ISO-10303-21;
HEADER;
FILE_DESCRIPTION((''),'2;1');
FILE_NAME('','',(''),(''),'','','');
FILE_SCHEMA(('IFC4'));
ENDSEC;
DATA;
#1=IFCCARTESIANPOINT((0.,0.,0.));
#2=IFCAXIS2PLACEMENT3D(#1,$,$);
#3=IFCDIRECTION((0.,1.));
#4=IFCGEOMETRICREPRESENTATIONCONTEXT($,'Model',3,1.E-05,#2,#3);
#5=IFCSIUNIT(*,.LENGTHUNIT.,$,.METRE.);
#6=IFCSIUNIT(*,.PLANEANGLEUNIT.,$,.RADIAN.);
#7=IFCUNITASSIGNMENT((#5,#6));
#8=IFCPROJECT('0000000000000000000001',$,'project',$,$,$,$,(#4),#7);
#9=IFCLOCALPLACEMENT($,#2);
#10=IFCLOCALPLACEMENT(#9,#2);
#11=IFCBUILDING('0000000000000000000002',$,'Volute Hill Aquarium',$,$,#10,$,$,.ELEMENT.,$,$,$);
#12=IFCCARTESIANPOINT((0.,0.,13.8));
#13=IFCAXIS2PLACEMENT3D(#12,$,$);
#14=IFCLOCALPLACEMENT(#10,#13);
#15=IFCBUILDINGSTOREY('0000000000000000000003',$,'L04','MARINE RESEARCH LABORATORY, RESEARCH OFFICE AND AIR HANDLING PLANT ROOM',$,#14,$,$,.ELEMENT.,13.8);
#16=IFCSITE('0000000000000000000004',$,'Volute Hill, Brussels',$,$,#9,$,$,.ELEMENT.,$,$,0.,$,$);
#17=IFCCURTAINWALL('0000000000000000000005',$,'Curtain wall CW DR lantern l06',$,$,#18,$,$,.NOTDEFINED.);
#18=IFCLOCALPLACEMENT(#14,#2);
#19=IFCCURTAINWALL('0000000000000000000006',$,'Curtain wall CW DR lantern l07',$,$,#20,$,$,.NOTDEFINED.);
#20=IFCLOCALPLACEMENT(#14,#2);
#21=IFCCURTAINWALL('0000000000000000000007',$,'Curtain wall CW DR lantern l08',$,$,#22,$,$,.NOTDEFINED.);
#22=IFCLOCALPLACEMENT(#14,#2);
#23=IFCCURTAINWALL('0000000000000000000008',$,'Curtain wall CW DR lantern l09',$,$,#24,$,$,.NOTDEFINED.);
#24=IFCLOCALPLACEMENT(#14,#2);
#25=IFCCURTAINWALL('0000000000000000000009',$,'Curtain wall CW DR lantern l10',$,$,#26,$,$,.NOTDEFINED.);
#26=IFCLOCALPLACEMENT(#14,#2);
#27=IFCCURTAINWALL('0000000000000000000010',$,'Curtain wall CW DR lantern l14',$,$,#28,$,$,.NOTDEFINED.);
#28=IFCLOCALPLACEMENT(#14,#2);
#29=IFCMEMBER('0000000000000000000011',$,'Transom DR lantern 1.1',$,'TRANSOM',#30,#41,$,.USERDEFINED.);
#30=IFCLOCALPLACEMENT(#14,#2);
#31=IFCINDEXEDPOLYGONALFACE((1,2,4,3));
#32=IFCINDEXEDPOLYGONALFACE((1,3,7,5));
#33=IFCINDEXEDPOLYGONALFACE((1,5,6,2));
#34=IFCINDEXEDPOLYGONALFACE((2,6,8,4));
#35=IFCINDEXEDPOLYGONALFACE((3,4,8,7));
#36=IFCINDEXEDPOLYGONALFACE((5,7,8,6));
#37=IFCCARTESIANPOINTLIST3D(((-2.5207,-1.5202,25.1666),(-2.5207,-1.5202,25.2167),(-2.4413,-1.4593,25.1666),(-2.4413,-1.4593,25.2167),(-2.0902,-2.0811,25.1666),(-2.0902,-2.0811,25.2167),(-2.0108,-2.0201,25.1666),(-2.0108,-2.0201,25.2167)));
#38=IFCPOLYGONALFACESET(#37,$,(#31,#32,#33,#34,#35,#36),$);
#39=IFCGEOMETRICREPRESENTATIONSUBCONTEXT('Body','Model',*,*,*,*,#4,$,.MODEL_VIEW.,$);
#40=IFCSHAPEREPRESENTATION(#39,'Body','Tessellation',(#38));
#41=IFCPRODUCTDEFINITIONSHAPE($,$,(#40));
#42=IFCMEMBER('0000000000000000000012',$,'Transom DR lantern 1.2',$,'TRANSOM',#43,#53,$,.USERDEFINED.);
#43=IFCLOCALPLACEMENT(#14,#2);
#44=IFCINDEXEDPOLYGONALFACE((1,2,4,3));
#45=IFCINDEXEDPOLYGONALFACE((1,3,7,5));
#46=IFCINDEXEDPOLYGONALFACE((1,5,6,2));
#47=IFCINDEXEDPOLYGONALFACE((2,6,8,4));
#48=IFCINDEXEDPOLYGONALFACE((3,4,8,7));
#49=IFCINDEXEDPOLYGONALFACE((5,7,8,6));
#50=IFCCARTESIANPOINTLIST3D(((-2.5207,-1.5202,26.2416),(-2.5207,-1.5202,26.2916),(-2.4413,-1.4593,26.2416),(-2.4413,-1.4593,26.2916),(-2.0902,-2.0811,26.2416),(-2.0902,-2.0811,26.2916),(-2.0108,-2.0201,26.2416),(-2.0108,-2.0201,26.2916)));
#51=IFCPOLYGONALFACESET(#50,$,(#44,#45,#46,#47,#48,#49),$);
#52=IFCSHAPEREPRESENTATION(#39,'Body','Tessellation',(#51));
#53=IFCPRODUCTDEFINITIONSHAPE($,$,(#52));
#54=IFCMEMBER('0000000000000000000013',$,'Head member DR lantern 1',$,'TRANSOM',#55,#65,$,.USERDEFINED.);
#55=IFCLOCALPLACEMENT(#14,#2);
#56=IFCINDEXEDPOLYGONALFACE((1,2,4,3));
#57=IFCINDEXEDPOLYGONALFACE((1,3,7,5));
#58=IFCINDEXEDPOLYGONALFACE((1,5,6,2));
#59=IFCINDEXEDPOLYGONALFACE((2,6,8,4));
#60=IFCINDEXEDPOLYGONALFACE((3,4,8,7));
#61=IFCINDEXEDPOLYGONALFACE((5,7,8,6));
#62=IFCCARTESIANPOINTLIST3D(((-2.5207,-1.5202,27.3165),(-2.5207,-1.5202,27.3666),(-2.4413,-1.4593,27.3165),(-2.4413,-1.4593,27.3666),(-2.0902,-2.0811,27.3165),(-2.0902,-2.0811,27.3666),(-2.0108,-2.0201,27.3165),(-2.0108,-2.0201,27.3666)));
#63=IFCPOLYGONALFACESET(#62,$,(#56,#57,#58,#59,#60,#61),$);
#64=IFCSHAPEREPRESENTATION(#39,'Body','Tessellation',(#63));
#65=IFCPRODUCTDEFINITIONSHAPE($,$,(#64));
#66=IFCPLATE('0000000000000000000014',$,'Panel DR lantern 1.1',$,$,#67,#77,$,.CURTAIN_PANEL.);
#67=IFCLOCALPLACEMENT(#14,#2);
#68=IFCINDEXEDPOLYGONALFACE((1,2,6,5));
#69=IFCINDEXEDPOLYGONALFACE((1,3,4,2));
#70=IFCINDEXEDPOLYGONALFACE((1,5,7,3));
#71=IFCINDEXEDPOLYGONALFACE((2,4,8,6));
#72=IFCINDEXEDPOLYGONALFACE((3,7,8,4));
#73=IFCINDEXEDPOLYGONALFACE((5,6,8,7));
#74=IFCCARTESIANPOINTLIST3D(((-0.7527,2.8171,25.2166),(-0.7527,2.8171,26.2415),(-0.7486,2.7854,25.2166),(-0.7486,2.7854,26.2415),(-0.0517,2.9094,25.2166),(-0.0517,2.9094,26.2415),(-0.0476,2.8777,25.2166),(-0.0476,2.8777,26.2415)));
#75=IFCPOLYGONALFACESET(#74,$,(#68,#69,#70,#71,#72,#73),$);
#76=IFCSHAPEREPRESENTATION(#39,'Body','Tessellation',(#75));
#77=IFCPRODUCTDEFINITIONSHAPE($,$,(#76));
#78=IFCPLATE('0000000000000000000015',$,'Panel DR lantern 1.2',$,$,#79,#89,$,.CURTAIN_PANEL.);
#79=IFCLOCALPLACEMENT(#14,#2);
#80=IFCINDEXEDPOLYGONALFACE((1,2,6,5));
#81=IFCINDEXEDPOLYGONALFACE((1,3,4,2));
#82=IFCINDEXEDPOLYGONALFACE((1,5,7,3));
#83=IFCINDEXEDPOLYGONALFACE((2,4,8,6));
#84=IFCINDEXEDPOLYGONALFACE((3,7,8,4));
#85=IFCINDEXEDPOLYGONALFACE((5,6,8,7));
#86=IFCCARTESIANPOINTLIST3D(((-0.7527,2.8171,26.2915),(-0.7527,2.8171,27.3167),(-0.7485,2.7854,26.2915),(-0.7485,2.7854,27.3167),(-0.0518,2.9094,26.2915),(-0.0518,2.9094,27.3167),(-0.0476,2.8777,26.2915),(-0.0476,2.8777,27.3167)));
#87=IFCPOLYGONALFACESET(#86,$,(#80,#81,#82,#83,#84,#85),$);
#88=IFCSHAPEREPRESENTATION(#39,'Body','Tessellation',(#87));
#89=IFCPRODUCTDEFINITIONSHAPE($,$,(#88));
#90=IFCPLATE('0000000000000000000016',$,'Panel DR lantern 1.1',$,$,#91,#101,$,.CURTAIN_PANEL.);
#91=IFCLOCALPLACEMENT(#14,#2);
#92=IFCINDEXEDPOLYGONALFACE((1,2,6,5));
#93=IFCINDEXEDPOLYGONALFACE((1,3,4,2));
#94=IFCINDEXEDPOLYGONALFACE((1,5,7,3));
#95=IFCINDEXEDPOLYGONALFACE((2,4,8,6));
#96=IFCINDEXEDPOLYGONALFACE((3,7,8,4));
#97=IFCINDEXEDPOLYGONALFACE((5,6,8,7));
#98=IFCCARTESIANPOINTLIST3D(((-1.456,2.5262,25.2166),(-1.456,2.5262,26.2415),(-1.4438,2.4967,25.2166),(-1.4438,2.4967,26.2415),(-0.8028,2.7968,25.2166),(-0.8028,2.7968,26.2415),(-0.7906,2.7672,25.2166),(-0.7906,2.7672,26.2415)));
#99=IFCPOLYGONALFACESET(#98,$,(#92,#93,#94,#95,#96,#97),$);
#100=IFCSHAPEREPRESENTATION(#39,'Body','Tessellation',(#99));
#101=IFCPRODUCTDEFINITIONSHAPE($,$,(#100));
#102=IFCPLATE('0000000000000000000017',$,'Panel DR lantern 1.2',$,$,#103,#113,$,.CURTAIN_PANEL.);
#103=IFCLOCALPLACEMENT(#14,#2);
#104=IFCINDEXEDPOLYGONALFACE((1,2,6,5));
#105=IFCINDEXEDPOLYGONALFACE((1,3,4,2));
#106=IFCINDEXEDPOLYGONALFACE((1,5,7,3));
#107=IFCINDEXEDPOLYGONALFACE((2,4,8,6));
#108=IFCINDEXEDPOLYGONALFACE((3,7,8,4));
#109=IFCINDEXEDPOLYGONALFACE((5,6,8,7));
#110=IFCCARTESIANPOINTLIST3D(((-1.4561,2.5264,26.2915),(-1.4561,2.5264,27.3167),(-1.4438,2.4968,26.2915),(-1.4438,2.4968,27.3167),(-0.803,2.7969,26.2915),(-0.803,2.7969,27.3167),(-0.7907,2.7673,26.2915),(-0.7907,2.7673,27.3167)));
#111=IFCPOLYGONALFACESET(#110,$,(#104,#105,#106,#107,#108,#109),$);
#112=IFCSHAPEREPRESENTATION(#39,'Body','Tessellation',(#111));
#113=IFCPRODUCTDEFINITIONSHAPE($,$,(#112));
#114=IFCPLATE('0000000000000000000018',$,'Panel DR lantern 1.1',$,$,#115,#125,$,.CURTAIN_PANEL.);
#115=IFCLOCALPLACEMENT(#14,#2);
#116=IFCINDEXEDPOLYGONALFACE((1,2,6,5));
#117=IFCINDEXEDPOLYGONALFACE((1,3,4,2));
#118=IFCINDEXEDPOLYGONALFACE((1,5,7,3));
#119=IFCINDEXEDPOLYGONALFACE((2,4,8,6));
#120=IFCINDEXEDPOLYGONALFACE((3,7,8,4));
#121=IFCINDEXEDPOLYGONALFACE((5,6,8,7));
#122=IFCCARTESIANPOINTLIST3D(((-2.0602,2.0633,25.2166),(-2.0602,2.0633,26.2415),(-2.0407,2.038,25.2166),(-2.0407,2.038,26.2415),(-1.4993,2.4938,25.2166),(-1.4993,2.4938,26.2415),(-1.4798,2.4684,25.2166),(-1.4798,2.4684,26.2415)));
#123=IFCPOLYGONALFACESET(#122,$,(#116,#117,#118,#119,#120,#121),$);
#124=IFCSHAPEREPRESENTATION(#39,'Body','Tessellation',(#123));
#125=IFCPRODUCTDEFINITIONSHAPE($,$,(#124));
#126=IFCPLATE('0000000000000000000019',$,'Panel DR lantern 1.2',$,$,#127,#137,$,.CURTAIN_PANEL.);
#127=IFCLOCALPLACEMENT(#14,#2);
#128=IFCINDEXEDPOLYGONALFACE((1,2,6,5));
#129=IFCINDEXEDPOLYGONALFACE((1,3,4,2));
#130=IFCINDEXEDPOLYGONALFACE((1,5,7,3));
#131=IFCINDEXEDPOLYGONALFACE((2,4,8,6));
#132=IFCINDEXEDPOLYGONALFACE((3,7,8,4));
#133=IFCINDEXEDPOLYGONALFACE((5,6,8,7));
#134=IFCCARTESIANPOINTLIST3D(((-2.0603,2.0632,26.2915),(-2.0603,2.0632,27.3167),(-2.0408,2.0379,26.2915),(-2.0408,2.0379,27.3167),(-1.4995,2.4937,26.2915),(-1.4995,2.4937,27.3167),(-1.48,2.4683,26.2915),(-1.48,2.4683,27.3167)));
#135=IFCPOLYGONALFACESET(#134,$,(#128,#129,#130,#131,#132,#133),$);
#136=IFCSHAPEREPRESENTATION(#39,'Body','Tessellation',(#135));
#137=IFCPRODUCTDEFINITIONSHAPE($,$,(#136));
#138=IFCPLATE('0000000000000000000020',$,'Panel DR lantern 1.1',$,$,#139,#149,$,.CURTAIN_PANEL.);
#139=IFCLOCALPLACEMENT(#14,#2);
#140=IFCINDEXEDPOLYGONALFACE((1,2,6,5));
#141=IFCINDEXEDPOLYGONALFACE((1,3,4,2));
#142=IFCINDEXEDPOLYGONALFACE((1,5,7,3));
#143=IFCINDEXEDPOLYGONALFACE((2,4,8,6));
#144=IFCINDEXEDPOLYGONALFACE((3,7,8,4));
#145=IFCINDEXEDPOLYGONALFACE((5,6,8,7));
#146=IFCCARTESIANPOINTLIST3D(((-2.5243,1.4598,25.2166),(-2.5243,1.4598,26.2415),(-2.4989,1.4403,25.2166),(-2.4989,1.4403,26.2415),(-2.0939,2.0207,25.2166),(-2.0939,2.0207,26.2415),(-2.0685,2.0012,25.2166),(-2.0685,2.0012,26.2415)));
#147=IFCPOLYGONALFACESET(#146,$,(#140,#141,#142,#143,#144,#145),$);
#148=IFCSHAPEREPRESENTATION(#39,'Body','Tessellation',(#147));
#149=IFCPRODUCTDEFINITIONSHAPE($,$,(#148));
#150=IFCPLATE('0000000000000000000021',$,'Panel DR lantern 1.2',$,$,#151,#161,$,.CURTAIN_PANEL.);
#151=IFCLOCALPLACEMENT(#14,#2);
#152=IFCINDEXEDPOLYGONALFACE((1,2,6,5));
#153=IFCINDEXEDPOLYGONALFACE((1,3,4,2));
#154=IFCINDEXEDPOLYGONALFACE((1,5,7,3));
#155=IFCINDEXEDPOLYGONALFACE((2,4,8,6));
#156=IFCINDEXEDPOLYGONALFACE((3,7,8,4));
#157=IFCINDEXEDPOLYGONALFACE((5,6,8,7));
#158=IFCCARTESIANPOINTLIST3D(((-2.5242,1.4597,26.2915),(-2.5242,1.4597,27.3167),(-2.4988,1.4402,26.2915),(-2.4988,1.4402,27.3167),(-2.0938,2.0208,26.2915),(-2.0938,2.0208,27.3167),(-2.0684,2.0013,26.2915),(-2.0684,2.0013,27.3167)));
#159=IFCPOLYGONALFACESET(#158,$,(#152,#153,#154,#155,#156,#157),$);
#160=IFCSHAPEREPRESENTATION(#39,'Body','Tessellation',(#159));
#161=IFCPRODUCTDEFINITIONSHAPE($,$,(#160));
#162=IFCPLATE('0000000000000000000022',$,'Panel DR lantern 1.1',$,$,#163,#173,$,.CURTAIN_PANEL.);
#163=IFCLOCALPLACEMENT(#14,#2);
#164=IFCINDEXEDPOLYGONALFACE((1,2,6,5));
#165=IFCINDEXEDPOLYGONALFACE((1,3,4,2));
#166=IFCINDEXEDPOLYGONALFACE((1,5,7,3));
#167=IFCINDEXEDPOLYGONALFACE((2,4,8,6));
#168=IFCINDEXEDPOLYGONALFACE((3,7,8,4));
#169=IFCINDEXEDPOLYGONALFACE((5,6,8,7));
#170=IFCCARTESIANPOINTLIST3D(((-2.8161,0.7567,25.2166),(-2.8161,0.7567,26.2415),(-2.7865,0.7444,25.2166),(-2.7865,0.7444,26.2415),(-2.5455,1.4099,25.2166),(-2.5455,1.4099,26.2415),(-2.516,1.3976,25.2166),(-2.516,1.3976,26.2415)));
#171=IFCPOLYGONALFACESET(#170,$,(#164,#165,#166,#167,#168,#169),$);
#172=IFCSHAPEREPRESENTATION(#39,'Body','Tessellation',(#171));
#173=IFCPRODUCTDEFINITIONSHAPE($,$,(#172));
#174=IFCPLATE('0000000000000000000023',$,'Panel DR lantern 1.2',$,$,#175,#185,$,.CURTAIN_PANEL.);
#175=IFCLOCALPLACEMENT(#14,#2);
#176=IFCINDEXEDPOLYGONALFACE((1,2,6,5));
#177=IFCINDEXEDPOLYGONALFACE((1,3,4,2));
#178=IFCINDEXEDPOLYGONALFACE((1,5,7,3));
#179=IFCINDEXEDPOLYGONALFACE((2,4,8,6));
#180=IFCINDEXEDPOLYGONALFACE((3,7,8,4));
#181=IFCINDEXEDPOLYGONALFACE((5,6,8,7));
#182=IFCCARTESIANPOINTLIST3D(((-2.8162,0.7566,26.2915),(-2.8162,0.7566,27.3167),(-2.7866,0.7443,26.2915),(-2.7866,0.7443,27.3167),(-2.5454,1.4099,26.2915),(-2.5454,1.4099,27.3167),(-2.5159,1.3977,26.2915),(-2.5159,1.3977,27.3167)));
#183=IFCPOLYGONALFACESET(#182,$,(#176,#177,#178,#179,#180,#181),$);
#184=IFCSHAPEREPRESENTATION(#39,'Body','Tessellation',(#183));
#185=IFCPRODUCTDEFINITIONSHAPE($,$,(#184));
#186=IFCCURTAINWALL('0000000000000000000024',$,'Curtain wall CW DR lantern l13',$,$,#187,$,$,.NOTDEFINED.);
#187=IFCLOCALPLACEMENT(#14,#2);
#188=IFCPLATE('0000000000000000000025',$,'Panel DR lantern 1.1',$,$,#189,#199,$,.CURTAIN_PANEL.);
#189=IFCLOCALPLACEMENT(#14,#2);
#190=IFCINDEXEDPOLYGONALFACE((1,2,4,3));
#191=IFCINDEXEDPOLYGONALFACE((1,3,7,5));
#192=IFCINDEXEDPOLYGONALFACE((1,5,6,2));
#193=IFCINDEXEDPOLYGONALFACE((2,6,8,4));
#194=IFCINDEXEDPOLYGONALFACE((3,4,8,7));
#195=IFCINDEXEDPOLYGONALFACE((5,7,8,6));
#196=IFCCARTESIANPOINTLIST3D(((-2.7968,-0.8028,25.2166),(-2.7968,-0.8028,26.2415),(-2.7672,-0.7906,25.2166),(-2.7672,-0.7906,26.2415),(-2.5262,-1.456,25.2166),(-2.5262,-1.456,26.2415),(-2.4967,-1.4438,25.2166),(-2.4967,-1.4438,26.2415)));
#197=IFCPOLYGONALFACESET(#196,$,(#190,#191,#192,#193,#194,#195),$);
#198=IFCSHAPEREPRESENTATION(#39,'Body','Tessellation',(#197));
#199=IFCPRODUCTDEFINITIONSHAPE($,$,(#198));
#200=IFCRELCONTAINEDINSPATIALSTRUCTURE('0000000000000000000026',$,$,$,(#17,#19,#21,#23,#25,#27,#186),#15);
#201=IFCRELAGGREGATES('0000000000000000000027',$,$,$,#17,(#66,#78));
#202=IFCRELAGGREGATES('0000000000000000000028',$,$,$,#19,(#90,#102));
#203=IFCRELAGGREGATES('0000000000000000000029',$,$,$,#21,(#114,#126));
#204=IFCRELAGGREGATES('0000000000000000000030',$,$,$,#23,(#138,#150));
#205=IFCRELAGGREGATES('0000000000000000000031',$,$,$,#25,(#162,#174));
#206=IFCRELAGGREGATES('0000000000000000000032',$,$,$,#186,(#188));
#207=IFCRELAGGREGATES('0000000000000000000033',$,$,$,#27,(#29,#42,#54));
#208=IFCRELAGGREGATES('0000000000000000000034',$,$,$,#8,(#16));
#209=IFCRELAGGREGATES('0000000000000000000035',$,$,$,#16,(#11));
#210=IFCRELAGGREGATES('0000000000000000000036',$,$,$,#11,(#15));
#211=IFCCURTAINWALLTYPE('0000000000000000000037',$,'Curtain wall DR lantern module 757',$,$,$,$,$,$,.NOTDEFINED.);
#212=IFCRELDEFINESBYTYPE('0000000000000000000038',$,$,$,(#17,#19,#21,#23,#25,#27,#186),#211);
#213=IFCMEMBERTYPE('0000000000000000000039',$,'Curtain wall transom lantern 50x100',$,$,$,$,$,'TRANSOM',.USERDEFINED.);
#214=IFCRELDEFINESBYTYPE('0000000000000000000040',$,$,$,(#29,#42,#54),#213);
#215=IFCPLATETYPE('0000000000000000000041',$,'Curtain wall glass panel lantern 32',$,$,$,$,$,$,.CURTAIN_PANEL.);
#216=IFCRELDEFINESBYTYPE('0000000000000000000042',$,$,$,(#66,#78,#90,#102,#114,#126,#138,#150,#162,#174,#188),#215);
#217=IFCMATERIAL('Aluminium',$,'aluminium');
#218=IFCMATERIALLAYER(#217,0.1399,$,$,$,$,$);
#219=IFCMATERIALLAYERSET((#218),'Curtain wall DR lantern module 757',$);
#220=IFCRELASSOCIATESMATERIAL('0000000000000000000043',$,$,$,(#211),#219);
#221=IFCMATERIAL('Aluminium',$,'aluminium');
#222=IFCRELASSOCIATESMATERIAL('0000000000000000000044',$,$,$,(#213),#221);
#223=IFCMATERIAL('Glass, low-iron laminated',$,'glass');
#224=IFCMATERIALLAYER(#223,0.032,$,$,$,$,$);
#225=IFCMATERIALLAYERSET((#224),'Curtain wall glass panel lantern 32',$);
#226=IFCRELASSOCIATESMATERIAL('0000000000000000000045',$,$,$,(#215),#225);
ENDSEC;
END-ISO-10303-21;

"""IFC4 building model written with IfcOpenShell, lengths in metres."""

from ifc_helpers import new_model, si_unit, direction, frame, origin, origin_2d, place, context, subcontext, project, spatial, polyline, rectangle, outline, extrude, material, layer, layer_set, material_profile, profile_set, type_object, element, aggregate, save


model = new_model("IFC4")

# Units and contexts
model_context = context("Model", 3, precision=1e-05, world=origin(), true_north=direction((0.0, 1.0)))
body_context = subcontext(model_context, "Body", "Model", "MODEL_VIEW")
ifc_project = project(units=[si_unit("LENGTHUNIT", "METRE"), si_unit("PLANEANGLEUNIT", "RADIAN")], contexts=[model_context])

# Site, building, storey
site_placement = place(None, origin())
site = spatial("IfcSite", under=ifc_project, at=site_placement, Name="Volute Hill, Brussels", CompositionType="ELEMENT", RefElevation=0.0)
building_placement = place(site_placement, origin())
building = spatial("IfcBuilding", under=site, at=building_placement, Name="Volute Hill Aquarium", CompositionType="ELEMENT")
storey_placement = place(building_placement, frame((0.0, 0.0, 13.8)))
storey = spatial("IfcBuildingStorey", under=building, at=storey_placement, Name="L04", Description="MARINE RESEARCH LABORATORY, RESEARCH OFFICE AND AIR HANDLING PLANT ROOM", CompositionType="ELEMENT", Elevation=13.8)

# Curtain walls, members
ifc_material_1 = material(Name="Aluminium", Category="aluminium")
ifc_layer_1 = layer(ifc_material_1, 0.1399)
ifc_layer_set_1 = layer_set([ifc_layer_1], Name="Curtain wall DR lantern module 757")
curtain_wall_type = type_object("IfcCurtainWallType", Name="Curtain wall DR lantern module 757", PredefinedType="NOTDEFINED", material=ifc_layer_set_1)
curtain_wall_1_placement = place(storey_placement, origin())
curtain_wall_1 = element("IfcCurtainWall", 1, at=curtain_wall_1_placement, inside=storey, type_object=curtain_wall_type, Name="Curtain wall CW DR lantern l06", PredefinedType="NOTDEFINED")
ifc_material_2 = material(Name="Aluminium", Category="aluminium")
ifc_material_profile = material_profile(ifc_material_2, rectangle(XDim=0.1001, YDim=0.05, at=origin_2d()), Name="Curtain wall transom lantern 50x100")
ifc_profile_set = profile_set([ifc_material_profile], Name="Aluminium")
member_type = type_object("IfcMemberType", Name="Curtain wall transom lantern 50x100", ElementType="TRANSOM", PredefinedType="USERDEFINED", material=ifc_profile_set)
curtain_wall_2_placement = place(storey_placement, origin())
curtain_wall_2 = element("IfcCurtainWall", 2, at=curtain_wall_2_placement, inside=storey, type_object=curtain_wall_type, Name="Curtain wall CW DR lantern l07", PredefinedType="NOTDEFINED")
curtain_wall_3_placement = place(storey_placement, origin())
curtain_wall_3 = element("IfcCurtainWall", 3, at=curtain_wall_3_placement, inside=storey, type_object=curtain_wall_type, Name="Curtain wall CW DR lantern l08", PredefinedType="NOTDEFINED")
curtain_wall_4_placement = place(storey_placement, origin())
curtain_wall_4 = element("IfcCurtainWall", 4, at=curtain_wall_4_placement, inside=storey, type_object=curtain_wall_type, Name="Curtain wall CW DR lantern l09", PredefinedType="NOTDEFINED")
curtain_wall_5_placement = place(storey_placement, origin())
curtain_wall_5 = element("IfcCurtainWall", 5, at=curtain_wall_5_placement, inside=storey, type_object=curtain_wall_type, Name="Curtain wall CW DR lantern l10", PredefinedType="NOTDEFINED")
curtain_wall_6_placement = place(storey_placement, origin())
curtain_wall_6 = element("IfcCurtainWall", 6, at=curtain_wall_6_placement, inside=storey, type_object=curtain_wall_type, Name="Curtain wall CW DR lantern l14", PredefinedType="NOTDEFINED")
member_1_placement = place(storey_placement, frame((-2.481, -1.4897, 25.1917), z_axis=(0.608859, -0.793278, 0.0), x_axis=(0.793278, 0.608859, 0.0)))
member_1 = element("IfcMember", 7, at=member_1_placement, type_object=member_type, Name="Transom DR lantern 1.1", ObjectType="TRANSOM", PredefinedType="USERDEFINED", context=body_context, shape_type="SweptSolid", body=[
    extrude(rectangle(XDim=0.1001, YDim=0.05, at=origin_2d()), origin(), (0.0, 0.0, 1.0), 0.707),
])
member_2_placement = place(storey_placement, frame((-2.481, -1.4897, 26.2666), z_axis=(0.608859, -0.793278, 0.0), x_axis=(0.793278, 0.608859, 0.0)))
member_2 = element("IfcMember", 8, at=member_2_placement, type_object=member_type, Name="Transom DR lantern 1.2", ObjectType="TRANSOM", PredefinedType="USERDEFINED", context=body_context, shape_type="SweptSolid", body=[
    extrude(rectangle(XDim=0.1001, YDim=0.05, at=origin_2d()), origin(), (0.0, 0.0, 1.0), 0.707),
])
member_3_placement = place(storey_placement, frame((-2.481, -1.4897, 27.3416), z_axis=(0.608859, -0.793278, 0.0), x_axis=(0.793278, 0.608859, 0.0)))
member_3 = element("IfcMember", 9, at=member_3_placement, type_object=member_type, Name="Head member DR lantern 1", ObjectType="TRANSOM", PredefinedType="USERDEFINED", context=body_context, shape_type="SweptSolid", body=[
    extrude(rectangle(XDim=0.1001, YDim=0.05, at=origin_2d()), origin(), (0.0, 0.0, 1.0), 0.707),
])

# Plates
ifc_material_3 = material(Name="Glass, low-iron laminated", Category="glass")
ifc_layer_2 = layer(ifc_material_3, 0.032)
ifc_layer_set_2 = layer_set([ifc_layer_2], Name="Curtain wall glass panel lantern 32")
plate_type = type_object("IfcPlateType", Name="Curtain wall glass panel lantern 32", PredefinedType="CURTAIN_PANEL", material=ifc_layer_set_2)
plate_1_placement = place(storey_placement, frame((-0.4001, 2.8474, 25.2166), z_axis=(0.0, 0.0, 1.0), x_axis=(-0.991448, -0.130502, 0.0)))
plate_1 = element("IfcPlate", 10, at=plate_1_placement, type_object=plate_type, Name="Panel DR lantern 1.1", PredefinedType="CURTAIN_PANEL", context=body_context, shape_type="SweptSolid", body=[
    extrude(rectangle(XDim=0.707, YDim=0.032, at=origin_2d()), origin(), (0.0, 0.0, 1.0), 1.0249),
])
plate_2_placement = place(storey_placement, frame((-0.0518, 2.9094, 26.2915), z_axis=(-0.130535, 0.991444, 0.0), x_axis=(-0.991444, -0.130535, 0.0)))
plate_2 = element("IfcPlate", 11, at=plate_2_placement, type_object=plate_type, Name="Panel DR lantern 1.2", PredefinedType="CURTAIN_PANEL", context=body_context, shape_type="SweptSolid", body=[
    extrude(outline(polyline([(0.0, 0.0), (0.707, 0.0), (0.707, 1.0251), (0.0, 1.0251), (0.0, 0.0)])), origin(), (0.0, 0.0, -1.0), 0.032),
])
aggregate(curtain_wall_1, [plate_1, plate_2])
plate_3_placement = place(storey_placement, frame((-1.1233, 2.6467, 25.2166), z_axis=(0.0, 0.0, 1.0), x_axis=(-0.92388, -0.382682, 0.0)))
plate_3 = element("IfcPlate", 12, at=plate_3_placement, type_object=plate_type, Name="Panel DR lantern 1.1", PredefinedType="CURTAIN_PANEL", context=body_context, shape_type="SweptSolid", body=[
    extrude(rectangle(XDim=0.707, YDim=0.032, at=origin_2d()), origin(), (0.0, 0.0, 1.0), 1.0249),
])
plate_4_placement = place(storey_placement, frame((-0.803, 2.7969, 26.2915), z_axis=(-0.382677, 0.923882, 0.0), x_axis=(-0.923882, -0.382677, 0.0)))
plate_4 = element("IfcPlate", 13, at=plate_4_placement, type_object=plate_type, Name="Panel DR lantern 1.2", PredefinedType="CURTAIN_PANEL", context=body_context, shape_type="SweptSolid", body=[
    extrude(outline(polyline([(0.0, 0.0), (0.7069, 0.0), (0.7069, 1.0251), (0.0, 1.0251), (0.0, 0.0)])), origin(), (0.0, 0.0, -1.0), 0.032),
])
aggregate(curtain_wall_2, [plate_3, plate_4])
plate_5_placement = place(storey_placement, frame((-1.77, 2.2659, 25.2166), z_axis=(0.0, 0.0, 1.0), x_axis=(-0.793326, -0.608798, 0.0)))
plate_5 = element("IfcPlate", 14, at=plate_5_placement, type_object=plate_type, Name="Panel DR lantern 1.1", PredefinedType="CURTAIN_PANEL", context=body_context, shape_type="SweptSolid", body=[
    extrude(rectangle(XDim=0.707, YDim=0.032, at=origin_2d()), origin(), (0.0, 0.0, 1.0), 1.0249),
])
plate_6_placement = place(storey_placement, frame((-1.4995, 2.4937, 26.2915), z_axis=(-0.608859, 0.793278, 0.0), x_axis=(-0.793278, -0.608859, 0.0)))
plate_6 = element("IfcPlate", 15, at=plate_6_placement, type_object=plate_type, Name="Panel DR lantern 1.2", PredefinedType="CURTAIN_PANEL", context=body_context, shape_type="SweptSolid", body=[
    extrude(outline(polyline([(0.0, 0.0), (0.7069, 0.0), (0.7069, 1.0251), (0.0, 1.0251), (0.0, 0.0)])), origin(), (0.0, 0.0, -1.0), 0.032),
])
aggregate(curtain_wall_3, [plate_5, plate_6])
plate_7_placement = place(storey_placement, frame((-2.2964, 1.7305, 25.2166), z_axis=(0.0, 0.0, 1.0), x_axis=(-0.608798, -0.793326, 0.0)))
plate_7 = element("IfcPlate", 16, at=plate_7_placement, type_object=plate_type, Name="Panel DR lantern 1.1", PredefinedType="CURTAIN_PANEL", context=body_context, shape_type="SweptSolid", body=[
    extrude(rectangle(XDim=0.707, YDim=0.032, at=origin_2d()), origin(), (0.0, 0.0, 1.0), 1.0249),
])
plate_8_placement = place(storey_placement, frame((-2.0938, 2.0208, 26.2915), z_axis=(-0.793406, 0.608692, 0.0), x_axis=(-0.608692, -0.793406, 0.0)))
plate_8 = element("IfcPlate", 17, at=plate_8_placement, type_object=plate_type, Name="Panel DR lantern 1.2", PredefinedType="CURTAIN_PANEL", context=body_context, shape_type="SweptSolid", body=[
    extrude(outline(polyline([(0.0, 0.0), (0.7071, 0.0), (0.7071, 1.0251), (0.0, 1.0251), (0.0, 0.0)])), origin(), (0.0, 0.0, -1.0), 0.032),
])
aggregate(curtain_wall_4, [plate_7, plate_8])
plate_9_placement = place(storey_placement, frame((-2.666, 1.0771, 25.2166), z_axis=(0.0, 0.0, 1.0), x_axis=(-0.382682, -0.92388, 0.0)))
plate_9 = element("IfcPlate", 18, at=plate_9_placement, type_object=plate_type, Name="Panel DR lantern 1.1", PredefinedType="CURTAIN_PANEL", context=body_context, shape_type="SweptSolid", body=[
    extrude(rectangle(XDim=0.707, YDim=0.032, at=origin_2d()), origin(), (0.0, 0.0, 1.0), 1.0249),
])
plate_10_placement = place(storey_placement, frame((-2.5454, 1.4099, 26.2915), z_axis=(-0.923811, 0.38285, 0.0), x_axis=(-0.38285, -0.923811, 0.0)))
plate_10 = element("IfcPlate", 19, at=plate_10_placement, type_object=plate_type, Name="Panel DR lantern 1.2", PredefinedType="CURTAIN_PANEL", context=body_context, shape_type="SweptSolid", body=[
    extrude(outline(polyline([(0.0, 0.0), (0.7072, 0.0), (0.7072, 1.0251), (0.0, 1.0251), (0.0, 0.0)])), origin(), (0.0, 0.0, -1.0), 0.032),
])
aggregate(curtain_wall_5, [plate_9, plate_10])

# Curtain wall, plate
curtain_wall_7_placement = place(storey_placement, origin())
curtain_wall_7 = element("IfcCurtainWall", 20, at=curtain_wall_7_placement, inside=storey, type_object=curtain_wall_type, Name="Curtain wall CW DR lantern l13", PredefinedType="NOTDEFINED")
plate_11_placement = place(storey_placement, frame((-2.6467, -1.1233, 25.2166), z_axis=(0.0, 0.0, 1.0), x_axis=(0.382682, -0.92388, 0.0)))
plate_11 = element("IfcPlate", 21, at=plate_11_placement, type_object=plate_type, Name="Panel DR lantern 1.1", PredefinedType="CURTAIN_PANEL", context=body_context, shape_type="SweptSolid", body=[
    extrude(rectangle(XDim=0.707, YDim=0.032, at=origin_2d()), origin(), (0.0, 0.0, 1.0), 1.0249),
])
aggregate(curtain_wall_7, [plate_11])

aggregate(curtain_wall_6, [member_1, member_2, member_3])

save(model, "model.ifc")
